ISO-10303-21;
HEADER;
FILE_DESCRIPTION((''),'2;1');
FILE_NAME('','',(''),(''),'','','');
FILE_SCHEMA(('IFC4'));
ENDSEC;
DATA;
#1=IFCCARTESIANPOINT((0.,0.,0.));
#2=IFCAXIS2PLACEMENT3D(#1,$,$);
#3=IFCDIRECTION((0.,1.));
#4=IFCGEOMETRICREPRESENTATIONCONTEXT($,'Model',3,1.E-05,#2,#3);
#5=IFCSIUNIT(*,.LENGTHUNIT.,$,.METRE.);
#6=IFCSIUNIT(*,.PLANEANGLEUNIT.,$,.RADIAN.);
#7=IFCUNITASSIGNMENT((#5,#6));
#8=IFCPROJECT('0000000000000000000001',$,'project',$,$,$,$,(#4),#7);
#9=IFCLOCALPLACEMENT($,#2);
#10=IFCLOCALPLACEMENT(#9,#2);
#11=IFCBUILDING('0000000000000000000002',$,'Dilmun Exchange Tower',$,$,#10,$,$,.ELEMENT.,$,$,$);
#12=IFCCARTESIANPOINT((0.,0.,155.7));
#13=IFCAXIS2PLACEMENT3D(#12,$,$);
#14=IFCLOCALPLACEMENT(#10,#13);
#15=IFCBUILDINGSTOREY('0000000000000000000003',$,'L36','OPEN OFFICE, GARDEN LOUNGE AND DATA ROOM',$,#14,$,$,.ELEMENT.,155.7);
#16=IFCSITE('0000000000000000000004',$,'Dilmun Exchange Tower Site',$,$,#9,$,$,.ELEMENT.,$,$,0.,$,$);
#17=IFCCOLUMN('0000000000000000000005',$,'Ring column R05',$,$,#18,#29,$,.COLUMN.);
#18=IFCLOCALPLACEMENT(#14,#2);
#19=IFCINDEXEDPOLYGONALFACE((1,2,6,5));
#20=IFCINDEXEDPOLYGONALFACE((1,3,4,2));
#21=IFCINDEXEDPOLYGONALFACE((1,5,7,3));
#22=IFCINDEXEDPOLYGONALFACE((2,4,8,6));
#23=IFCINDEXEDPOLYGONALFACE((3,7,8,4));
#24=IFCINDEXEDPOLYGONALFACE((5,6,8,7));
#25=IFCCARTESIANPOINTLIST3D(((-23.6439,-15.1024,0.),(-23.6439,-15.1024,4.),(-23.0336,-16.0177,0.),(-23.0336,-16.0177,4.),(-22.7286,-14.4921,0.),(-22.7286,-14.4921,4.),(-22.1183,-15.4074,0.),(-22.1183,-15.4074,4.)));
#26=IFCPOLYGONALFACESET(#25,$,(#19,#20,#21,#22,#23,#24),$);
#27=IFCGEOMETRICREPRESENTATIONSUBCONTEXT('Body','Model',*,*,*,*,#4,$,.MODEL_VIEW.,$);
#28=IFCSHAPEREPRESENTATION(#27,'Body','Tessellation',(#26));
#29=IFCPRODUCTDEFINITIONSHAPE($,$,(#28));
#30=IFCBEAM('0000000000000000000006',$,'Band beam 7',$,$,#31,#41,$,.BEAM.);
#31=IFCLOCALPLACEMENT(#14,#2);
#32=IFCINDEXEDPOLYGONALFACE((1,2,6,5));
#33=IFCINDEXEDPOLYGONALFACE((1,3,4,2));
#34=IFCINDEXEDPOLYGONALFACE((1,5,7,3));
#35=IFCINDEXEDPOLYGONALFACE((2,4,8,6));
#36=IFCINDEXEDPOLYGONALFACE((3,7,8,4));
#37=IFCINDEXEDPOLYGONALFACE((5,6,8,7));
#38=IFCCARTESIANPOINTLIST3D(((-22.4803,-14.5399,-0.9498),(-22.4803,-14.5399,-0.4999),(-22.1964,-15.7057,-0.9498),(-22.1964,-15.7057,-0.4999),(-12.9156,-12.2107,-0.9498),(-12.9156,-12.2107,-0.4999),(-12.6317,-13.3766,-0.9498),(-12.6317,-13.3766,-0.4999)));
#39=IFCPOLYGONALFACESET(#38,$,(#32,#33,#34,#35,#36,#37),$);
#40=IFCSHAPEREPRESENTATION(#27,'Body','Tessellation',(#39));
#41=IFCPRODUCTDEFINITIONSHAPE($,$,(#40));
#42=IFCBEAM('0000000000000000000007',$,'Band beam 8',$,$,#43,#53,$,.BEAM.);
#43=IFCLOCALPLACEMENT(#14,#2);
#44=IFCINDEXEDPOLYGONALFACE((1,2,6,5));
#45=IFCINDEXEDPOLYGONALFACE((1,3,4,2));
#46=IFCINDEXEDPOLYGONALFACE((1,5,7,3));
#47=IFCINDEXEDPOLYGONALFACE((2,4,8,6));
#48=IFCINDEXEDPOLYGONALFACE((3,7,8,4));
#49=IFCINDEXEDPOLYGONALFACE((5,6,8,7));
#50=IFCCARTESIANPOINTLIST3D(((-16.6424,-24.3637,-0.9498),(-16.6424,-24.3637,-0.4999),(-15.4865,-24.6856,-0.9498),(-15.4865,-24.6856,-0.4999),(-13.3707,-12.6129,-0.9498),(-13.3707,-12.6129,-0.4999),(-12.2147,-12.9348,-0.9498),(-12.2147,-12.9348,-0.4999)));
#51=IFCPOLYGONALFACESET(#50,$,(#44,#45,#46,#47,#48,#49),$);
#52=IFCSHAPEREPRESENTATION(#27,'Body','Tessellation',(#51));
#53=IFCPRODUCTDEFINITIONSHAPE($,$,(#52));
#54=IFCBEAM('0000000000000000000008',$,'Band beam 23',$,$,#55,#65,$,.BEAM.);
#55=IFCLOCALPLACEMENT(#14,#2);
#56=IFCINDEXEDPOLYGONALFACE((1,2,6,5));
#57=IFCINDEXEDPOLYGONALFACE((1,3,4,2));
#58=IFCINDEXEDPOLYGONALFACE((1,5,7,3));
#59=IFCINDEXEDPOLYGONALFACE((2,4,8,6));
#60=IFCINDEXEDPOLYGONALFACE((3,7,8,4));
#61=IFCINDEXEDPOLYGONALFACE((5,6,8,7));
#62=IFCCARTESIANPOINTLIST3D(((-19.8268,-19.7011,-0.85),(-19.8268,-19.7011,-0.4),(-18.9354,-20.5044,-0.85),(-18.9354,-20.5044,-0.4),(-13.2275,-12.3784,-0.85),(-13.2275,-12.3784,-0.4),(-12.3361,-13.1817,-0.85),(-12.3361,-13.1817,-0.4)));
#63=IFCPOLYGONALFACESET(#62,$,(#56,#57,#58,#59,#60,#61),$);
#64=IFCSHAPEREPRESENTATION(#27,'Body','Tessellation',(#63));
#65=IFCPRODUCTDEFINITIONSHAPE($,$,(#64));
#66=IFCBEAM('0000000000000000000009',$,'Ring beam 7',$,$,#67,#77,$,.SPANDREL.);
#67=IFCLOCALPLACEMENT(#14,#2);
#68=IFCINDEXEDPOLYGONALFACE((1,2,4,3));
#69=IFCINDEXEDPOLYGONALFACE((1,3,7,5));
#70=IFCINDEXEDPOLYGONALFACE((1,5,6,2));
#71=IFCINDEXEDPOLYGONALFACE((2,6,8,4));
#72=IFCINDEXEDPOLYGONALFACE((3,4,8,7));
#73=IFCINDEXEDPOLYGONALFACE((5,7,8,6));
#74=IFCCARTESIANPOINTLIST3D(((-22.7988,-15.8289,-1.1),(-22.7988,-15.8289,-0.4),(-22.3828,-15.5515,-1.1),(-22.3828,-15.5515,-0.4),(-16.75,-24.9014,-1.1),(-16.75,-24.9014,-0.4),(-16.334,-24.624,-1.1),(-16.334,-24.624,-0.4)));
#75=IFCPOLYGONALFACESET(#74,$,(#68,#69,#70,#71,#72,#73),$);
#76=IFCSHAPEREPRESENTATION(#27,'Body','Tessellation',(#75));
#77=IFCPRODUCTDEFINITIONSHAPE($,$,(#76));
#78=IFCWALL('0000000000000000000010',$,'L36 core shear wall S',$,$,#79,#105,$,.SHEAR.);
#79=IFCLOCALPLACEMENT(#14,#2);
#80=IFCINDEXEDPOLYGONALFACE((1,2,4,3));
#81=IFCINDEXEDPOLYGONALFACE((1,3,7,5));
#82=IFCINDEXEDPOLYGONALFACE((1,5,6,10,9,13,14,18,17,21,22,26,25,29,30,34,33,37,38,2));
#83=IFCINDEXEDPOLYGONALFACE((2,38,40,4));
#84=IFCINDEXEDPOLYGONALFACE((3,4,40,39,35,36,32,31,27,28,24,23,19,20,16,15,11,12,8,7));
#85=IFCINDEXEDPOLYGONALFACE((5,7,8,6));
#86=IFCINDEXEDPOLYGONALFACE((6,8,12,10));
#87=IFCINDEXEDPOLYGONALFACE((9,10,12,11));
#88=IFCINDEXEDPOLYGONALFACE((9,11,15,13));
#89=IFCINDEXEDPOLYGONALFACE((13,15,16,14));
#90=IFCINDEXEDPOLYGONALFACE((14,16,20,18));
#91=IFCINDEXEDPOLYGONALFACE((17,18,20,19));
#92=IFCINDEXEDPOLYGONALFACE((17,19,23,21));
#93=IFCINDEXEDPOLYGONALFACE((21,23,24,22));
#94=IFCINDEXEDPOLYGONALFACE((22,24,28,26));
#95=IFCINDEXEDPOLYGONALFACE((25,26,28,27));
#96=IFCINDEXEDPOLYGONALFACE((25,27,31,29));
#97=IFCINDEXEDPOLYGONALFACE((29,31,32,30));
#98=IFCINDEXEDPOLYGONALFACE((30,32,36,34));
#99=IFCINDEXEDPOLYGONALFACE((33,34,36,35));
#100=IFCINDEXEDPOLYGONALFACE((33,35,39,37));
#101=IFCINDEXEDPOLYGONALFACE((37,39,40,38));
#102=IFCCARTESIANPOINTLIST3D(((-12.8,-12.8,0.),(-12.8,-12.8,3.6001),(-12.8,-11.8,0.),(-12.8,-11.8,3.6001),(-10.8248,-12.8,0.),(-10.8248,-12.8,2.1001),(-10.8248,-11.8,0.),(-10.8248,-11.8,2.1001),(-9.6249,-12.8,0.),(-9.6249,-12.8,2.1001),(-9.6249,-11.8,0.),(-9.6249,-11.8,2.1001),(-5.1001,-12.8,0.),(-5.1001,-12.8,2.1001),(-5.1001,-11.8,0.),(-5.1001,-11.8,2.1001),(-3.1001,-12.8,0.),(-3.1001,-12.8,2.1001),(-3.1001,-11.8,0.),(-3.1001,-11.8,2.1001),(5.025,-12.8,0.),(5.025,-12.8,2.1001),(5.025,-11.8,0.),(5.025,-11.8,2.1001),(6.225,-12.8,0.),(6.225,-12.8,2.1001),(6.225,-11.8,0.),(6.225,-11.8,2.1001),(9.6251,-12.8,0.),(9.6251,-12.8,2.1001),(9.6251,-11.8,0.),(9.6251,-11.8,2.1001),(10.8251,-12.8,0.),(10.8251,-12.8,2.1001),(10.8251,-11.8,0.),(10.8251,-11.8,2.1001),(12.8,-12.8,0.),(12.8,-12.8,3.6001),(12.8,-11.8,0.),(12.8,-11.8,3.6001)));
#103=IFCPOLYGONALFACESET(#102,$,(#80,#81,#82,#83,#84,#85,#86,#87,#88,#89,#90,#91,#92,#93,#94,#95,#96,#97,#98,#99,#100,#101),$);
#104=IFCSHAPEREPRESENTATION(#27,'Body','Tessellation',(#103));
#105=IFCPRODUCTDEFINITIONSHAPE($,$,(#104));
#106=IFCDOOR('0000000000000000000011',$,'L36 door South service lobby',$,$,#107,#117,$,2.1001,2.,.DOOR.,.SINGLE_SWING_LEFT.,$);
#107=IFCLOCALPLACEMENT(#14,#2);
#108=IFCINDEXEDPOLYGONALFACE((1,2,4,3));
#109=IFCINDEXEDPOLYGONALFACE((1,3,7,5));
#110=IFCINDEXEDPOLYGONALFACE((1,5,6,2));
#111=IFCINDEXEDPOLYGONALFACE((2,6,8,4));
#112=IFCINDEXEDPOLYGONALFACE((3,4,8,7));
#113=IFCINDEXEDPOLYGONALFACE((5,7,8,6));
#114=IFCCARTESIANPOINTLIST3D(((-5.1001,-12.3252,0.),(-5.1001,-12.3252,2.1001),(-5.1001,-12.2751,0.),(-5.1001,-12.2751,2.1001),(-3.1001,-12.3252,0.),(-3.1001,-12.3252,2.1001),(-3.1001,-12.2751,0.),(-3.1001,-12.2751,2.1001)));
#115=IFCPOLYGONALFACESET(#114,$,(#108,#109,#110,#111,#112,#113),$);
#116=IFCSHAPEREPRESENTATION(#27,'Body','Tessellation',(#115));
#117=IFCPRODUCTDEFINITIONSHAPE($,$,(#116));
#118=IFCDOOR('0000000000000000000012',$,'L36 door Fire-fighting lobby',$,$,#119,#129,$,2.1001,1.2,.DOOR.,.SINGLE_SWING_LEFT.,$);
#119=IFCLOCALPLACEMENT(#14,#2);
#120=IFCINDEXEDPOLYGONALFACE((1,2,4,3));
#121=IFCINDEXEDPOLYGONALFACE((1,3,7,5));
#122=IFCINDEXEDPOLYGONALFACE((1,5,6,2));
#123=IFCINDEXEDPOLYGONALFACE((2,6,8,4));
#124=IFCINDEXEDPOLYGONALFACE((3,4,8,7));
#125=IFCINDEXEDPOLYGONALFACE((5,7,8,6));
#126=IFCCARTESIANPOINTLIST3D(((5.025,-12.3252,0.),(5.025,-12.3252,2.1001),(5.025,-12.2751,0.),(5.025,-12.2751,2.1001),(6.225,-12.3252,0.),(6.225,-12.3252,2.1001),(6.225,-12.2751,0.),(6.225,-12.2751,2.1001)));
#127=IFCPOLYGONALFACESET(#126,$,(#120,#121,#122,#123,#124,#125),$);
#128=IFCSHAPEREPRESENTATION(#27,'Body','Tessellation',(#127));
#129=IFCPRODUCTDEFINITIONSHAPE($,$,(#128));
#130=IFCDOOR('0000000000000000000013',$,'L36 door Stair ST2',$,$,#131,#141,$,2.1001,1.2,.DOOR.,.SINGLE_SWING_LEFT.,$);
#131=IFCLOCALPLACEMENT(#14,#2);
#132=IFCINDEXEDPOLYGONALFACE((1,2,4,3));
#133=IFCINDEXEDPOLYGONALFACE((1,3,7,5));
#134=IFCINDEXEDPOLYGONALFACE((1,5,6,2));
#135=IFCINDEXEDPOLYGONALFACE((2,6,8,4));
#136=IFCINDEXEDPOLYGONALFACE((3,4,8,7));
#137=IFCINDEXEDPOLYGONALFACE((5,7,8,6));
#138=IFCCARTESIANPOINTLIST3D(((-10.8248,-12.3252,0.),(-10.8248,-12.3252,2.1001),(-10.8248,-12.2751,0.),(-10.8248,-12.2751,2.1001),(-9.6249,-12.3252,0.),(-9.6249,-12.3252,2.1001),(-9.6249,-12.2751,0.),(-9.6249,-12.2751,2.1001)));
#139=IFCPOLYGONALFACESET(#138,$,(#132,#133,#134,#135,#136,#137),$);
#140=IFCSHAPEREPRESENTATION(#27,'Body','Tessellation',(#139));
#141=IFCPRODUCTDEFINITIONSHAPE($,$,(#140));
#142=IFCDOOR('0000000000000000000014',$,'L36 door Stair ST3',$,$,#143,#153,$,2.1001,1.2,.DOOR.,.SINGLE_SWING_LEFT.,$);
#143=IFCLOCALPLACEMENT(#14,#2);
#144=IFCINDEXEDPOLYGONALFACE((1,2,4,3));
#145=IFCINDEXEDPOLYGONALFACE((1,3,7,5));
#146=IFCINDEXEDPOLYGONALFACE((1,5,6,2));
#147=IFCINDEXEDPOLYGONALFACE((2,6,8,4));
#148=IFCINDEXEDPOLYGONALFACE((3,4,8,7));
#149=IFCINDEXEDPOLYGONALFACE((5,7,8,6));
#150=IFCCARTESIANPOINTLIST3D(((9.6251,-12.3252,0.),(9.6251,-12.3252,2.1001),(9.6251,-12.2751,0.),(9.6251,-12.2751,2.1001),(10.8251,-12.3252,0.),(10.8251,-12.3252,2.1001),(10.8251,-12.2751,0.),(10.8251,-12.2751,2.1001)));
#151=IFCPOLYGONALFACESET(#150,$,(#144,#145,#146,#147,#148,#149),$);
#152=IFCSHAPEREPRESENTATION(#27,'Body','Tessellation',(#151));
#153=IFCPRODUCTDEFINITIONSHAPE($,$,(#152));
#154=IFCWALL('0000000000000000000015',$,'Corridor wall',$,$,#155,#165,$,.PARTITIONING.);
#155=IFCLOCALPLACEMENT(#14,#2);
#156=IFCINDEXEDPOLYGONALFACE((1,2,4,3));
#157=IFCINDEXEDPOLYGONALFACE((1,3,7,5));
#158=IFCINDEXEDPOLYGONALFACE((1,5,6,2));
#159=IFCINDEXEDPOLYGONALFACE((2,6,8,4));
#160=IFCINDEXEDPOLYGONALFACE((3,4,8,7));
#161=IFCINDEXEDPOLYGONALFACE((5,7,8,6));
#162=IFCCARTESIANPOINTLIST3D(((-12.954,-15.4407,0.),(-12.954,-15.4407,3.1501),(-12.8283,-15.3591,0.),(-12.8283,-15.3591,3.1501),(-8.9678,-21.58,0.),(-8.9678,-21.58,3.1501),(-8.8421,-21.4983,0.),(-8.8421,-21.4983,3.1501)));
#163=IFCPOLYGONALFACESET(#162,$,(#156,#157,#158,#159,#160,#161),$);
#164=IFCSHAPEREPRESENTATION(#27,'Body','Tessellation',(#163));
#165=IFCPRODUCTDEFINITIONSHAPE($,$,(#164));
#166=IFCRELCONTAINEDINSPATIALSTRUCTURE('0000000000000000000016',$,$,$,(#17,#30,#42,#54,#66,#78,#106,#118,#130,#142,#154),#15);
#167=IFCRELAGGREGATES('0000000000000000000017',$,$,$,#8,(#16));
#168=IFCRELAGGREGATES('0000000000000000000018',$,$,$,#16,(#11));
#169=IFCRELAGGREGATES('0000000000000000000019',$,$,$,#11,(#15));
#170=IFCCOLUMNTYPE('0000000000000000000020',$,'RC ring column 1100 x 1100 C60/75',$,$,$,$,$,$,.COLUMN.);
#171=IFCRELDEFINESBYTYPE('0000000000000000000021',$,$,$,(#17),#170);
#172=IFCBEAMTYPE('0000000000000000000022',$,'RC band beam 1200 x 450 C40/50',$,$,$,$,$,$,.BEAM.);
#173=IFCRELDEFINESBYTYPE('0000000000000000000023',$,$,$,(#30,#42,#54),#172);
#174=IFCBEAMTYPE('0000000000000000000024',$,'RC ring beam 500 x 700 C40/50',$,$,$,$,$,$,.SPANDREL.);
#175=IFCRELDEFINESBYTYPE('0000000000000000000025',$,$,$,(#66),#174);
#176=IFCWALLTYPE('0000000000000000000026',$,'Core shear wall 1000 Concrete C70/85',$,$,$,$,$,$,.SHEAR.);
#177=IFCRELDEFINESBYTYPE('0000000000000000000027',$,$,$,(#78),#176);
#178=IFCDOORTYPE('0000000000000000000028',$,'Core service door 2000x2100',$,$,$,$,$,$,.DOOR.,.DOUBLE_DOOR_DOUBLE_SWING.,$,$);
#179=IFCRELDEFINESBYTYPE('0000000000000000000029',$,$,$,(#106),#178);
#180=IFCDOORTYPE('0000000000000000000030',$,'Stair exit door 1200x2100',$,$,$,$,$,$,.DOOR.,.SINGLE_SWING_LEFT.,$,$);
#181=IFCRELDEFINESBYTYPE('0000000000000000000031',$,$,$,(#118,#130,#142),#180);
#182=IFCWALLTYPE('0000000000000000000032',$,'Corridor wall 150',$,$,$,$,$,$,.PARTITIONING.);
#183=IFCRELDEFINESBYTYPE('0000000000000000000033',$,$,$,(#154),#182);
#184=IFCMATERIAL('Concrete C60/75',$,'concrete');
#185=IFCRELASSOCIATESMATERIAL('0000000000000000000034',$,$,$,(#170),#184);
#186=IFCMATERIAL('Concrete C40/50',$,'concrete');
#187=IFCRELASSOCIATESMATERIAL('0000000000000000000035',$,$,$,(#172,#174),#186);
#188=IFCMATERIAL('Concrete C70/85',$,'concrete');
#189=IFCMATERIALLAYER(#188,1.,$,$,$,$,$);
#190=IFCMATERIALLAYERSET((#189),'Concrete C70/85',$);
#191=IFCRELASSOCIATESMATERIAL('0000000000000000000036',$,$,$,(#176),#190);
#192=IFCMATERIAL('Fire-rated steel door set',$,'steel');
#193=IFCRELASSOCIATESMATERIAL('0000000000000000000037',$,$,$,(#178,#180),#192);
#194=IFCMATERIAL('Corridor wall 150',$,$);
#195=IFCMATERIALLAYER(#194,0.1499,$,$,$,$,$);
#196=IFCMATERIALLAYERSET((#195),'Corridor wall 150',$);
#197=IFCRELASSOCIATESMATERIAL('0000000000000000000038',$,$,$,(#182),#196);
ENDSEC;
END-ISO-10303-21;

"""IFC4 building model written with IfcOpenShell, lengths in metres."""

from ifc_helpers import new_model, si_unit, direction, frame, frame_2d, origin, origin_2d, place, context, subcontext, project, spatial, rectangle, extrude, material, layer, layer_set, material_profile, profile_set, type_object, element, fill, save


model = new_model("IFC4")

# Units and contexts
model_context = context("Model", 3, precision=1e-05, world=origin(), true_north=direction((0.0, 1.0)))
body_context = subcontext(model_context, "Body", "Model", "MODEL_VIEW")
ifc_project = project(units=[si_unit("LENGTHUNIT", "METRE"), si_unit("PLANEANGLEUNIT", "RADIAN")], contexts=[model_context])

# Site, building, storey
site_placement = place(None, origin())
site = spatial("IfcSite", under=ifc_project, at=site_placement, Name="Dilmun Exchange Tower Site", CompositionType="ELEMENT", RefElevation=0.0)
building_placement = place(site_placement, origin())
building = spatial("IfcBuilding", under=site, at=building_placement, Name="Dilmun Exchange Tower", CompositionType="ELEMENT")
storey_placement = place(building_placement, frame((0.0, 0.0, 155.7)))
storey = spatial("IfcBuildingStorey", under=building, at=storey_placement, Name="L36", Description="OPEN OFFICE, GARDEN LOUNGE AND DATA ROOM", CompositionType="ELEMENT", Elevation=155.7)

# Column
ifc_material_1 = material(Name="Concrete C60/75", Category="concrete")
ifc_material_profile_1 = material_profile(ifc_material_1, rectangle(XDim=1.1001, YDim=1.1001, at=origin_2d()), Name="1100 x 1100")
ifc_profile_set_1 = profile_set([ifc_material_profile_1], Name="Concrete C60/75")
column_type = type_object("IfcColumnType", Name="RC ring column 1100 x 1100 C60/75", PredefinedType="COLUMN", material=ifc_profile_set_1)
column_placement = place(storey_placement, frame((-22.8811, -15.2549, 0.0), z_axis=(0.0, 0.0, 1.0), x_axis=(0.832029, 0.554733, 0.0)))
element("IfcColumn", 1, at=column_placement, inside=storey, type_object=column_type, Name="Ring column R05", PredefinedType="COLUMN", context=body_context, shape_type="SweptSolid", body=[
    extrude(rectangle(XDim=1.1001, YDim=1.1001, at=origin_2d()), origin(), (0.0, 0.0, 1.0), 4.0),
])

# Beams
ifc_material_2 = material(Name="Concrete C40/50", Category="concrete")
ifc_material_profile_2 = material_profile(ifc_material_2, rectangle(XDim=1.2, YDim=0.45, at=origin_2d()), Name="1200 x 450")
ifc_profile_set_2 = profile_set([ifc_material_profile_2], Name="Concrete C40/50")
beam_type_1 = type_object("IfcBeamType", Name="RC band beam 1200 x 450 C40/50", PredefinedType="BEAM", material=ifc_profile_set_2)
beam_1_placement = place(storey_placement, frame((-22.3384, -15.1228, -0.7249), z_axis=(0.971608, 0.236596, 0.0), x_axis=(-0.236596, 0.971608, 0.0)))
element("IfcBeam", 2, at=beam_1_placement, inside=storey, type_object=beam_type_1, Name="Band beam 7", PredefinedType="BEAM", context=body_context, shape_type="SweptSolid", body=[
    extrude(rectangle(XDim=1.2, YDim=0.45, at=origin_2d()), origin(), (0.0, 0.0, 1.0), 9.8442),
])
beam_2_placement = place(storey_placement, frame((-16.0645, -24.5247, -0.7249), z_axis=(0.268225, 0.963356, 0.0), x_axis=(-0.963356, 0.268225, 0.0)))
element("IfcBeam", 3, at=beam_2_placement, inside=storey, type_object=beam_type_1, Name="Band beam 8", PredefinedType="BEAM", context=body_context, shape_type="SweptSolid", body=[
    extrude(rectangle(XDim=1.2, YDim=0.45, at=origin_2d()), origin(), (0.0, 0.0, 1.0), 12.1978),
])
beam_3_placement = place(storey_placement, frame((-19.3811, -20.1028, -0.625), z_axis=(0.669463, 0.742846, 0.0), x_axis=(-0.742846, 0.669463, 0.0)))
element("IfcBeam", 4, at=beam_3_placement, inside=storey, type_object=beam_type_1, Name="Band beam 23", PredefinedType="BEAM", context=body_context, shape_type="SweptSolid", body=[
    extrude(rectangle(XDim=1.2, YDim=0.45, at=origin_2d()), origin(), (0.0, 0.0, 1.0), 9.8577),
])
ifc_material_profile_3 = material_profile(ifc_material_2, rectangle(XDim=0.5, YDim=0.7, at=origin_2d()), Name="500 x 700")
ifc_profile_set_3 = profile_set([ifc_material_profile_3], Name="Concrete C40/50")
beam_type_2 = type_object("IfcBeamType", Name="RC ring beam 500 x 700 C40/50", PredefinedType="SPANDREL", material=ifc_profile_set_3)
beam_4_placement = place(storey_placement, frame((-22.5908, -15.6902, -0.75), z_axis=(0.554731, -0.83203, 0.0), x_axis=(0.83203, 0.554731, 0.0)))
element("IfcBeam", 5, at=beam_4_placement, inside=storey, type_object=beam_type_2, Name="Ring beam 7", PredefinedType="SPANDREL", context=body_context, shape_type="SweptSolid", body=[
    extrude(rectangle(XDim=0.5, YDim=0.7, at=origin_2d()), origin(), (0.0, 0.0, 1.0), 10.9041),
])

# Wall, openings, doors
ifc_material_3 = material(Name="Concrete C70/85", Category="concrete")
ifc_layer_1 = layer(ifc_material_3, 1.0)
ifc_layer_set_1 = layer_set([ifc_layer_1], Name="Concrete C70/85")
wall_type_1 = type_object("IfcWallType", Name="Core shear wall 1000 Concrete C70/85", PredefinedType="SHEAR", material=ifc_layer_set_1)
wall_1_placement = place(storey_placement, frame((-12.8, -12.3, 0.0), z_axis=(0.0, 0.0, 1.0), x_axis=(1.0, 0.0, 0.0)))
wall_1 = element("IfcWall", 6, at=wall_1_placement, inside=storey, type_object=wall_type_1, Name="L36 core shear wall S", PredefinedType="SHEAR", context=body_context, shape_type="SweptSolid", body=[
    extrude(rectangle(XDim=25.6001, YDim=1.0, at=frame_2d((12.8, 0.0))), origin(), (0.0, 0.0, 1.0), 3.6001),
])
opening_1_placement = place(wall_1_placement, frame((7.7, 0.0, 0.0)))
opening_1 = element("IfcOpeningElement", 7, at=opening_1_placement, cuts=wall_1, PredefinedType="OPENING", context=body_context, shape_type="SweptSolid", body=[
    extrude(rectangle(XDim=2.0, YDim=2.1001, at=frame_2d((1.0, 1.05))), frame((0.0, 0.51, 0.0), z_axis=(0.0, -1.0, 0.0), x_axis=(1.0, 0.0, 0.0)), (0.0, 0.0, 1.0), 1.02),
])
opening_2_placement = place(wall_1_placement, frame((17.825, 0.0, 0.0)))
opening_2 = element("IfcOpeningElement", 8, at=opening_2_placement, cuts=wall_1, PredefinedType="OPENING", context=body_context, shape_type="SweptSolid", body=[
    extrude(rectangle(XDim=1.2, YDim=2.1001, at=frame_2d((0.6001, 1.05))), frame((0.0, 0.51, 0.0), z_axis=(0.0, -1.0, 0.0), x_axis=(1.0, 0.0, 0.0)), (0.0, 0.0, 1.0), 1.02),
])
opening_3_placement = place(wall_1_placement, frame((1.9751, 0.0, 0.0)))
opening_3 = element("IfcOpeningElement", 9, at=opening_3_placement, cuts=wall_1, PredefinedType="OPENING", context=body_context, shape_type="SweptSolid", body=[
    extrude(rectangle(XDim=1.2, YDim=2.1001, at=frame_2d((0.6001, 1.05))), frame((0.0, 0.51, 0.0), z_axis=(0.0, -1.0, 0.0), x_axis=(1.0, 0.0, 0.0)), (0.0, 0.0, 1.0), 1.02),
])
opening_4_placement = place(wall_1_placement, frame((22.425, 0.0, 0.0)))
opening_4 = element("IfcOpeningElement", 10, at=opening_4_placement, cuts=wall_1, PredefinedType="OPENING", context=body_context, shape_type="SweptSolid", body=[
    extrude(rectangle(XDim=1.2, YDim=2.1001, at=frame_2d((0.6001, 1.05))), frame((0.0, 0.51, 0.0), z_axis=(0.0, -1.0, 0.0), x_axis=(1.0, 0.0, 0.0)), (0.0, 0.0, 1.0), 1.02),
])
ifc_material_4 = material(Name="Fire-rated steel door set", Category="steel")
door_type_1 = type_object("IfcDoorType", Name="Core service door 2000x2100", OperationType="DOUBLE_DOOR_DOUBLE_SWING", PredefinedType="DOOR", material=ifc_material_4)
door_1_placement = place(opening_1_placement, origin())
door_1 = element("IfcDoor", 11, at=door_1_placement, inside=storey, type_object=door_type_1, Name="L36 door South service lobby", OperationType="SINGLE_SWING_LEFT", OverallHeight=2.1001, OverallWidth=2.0, PredefinedType="DOOR", context=body_context, shape_type="SweptSolid", body=[
    extrude(rectangle(XDim=2.0, YDim=2.1001, at=frame_2d((1.0, 1.05))), frame((0.0, 0.0249, 0.0), z_axis=(0.0, -1.0, 0.0), x_axis=(1.0, 0.0, 0.0)), (0.0, 0.0, 1.0), 0.05),
])
fill(opening_1, door_1)
door_type_2 = type_object("IfcDoorType", Name="Stair exit door 1200x2100", OperationType="SINGLE_SWING_LEFT", PredefinedType="DOOR", material=ifc_material_4)
door_2_placement = place(opening_2_placement, origin())
door_2 = element("IfcDoor", 12, at=door_2_placement, inside=storey, type_object=door_type_2, Name="L36 door Fire-fighting lobby", OperationType="SINGLE_SWING_LEFT", OverallHeight=2.1001, OverallWidth=1.2, PredefinedType="DOOR", context=body_context, shape_type="SweptSolid", body=[
    extrude(rectangle(XDim=1.2, YDim=2.1001, at=frame_2d((0.6001, 1.05))), frame((0.0, 0.0249, 0.0), z_axis=(0.0, -1.0, 0.0), x_axis=(1.0, 0.0, 0.0)), (0.0, 0.0, 1.0), 0.05),
])
fill(opening_2, door_2)
door_3_placement = place(opening_3_placement, origin())
door_3 = element("IfcDoor", 13, at=door_3_placement, inside=storey, type_object=door_type_2, Name="L36 door Stair ST2", OperationType="SINGLE_SWING_LEFT", OverallHeight=2.1001, OverallWidth=1.2, PredefinedType="DOOR", context=body_context, shape_type="SweptSolid", body=[
    extrude(rectangle(XDim=1.2, YDim=2.1001, at=frame_2d((0.6001, 1.05))), frame((0.0, 0.0249, 0.0), z_axis=(0.0, -1.0, 0.0), x_axis=(1.0, 0.0, 0.0)), (0.0, 0.0, 1.0), 0.05),
])
fill(opening_3, door_3)
door_4_placement = place(opening_4_placement, origin())
door_4 = element("IfcDoor", 14, at=door_4_placement, inside=storey, type_object=door_type_2, Name="L36 door Stair ST3", OperationType="SINGLE_SWING_LEFT", OverallHeight=2.1001, OverallWidth=1.2, PredefinedType="DOOR", context=body_context, shape_type="SweptSolid", body=[
    extrude(rectangle(XDim=1.2, YDim=2.1001, at=frame_2d((0.6001, 1.05))), frame((0.0, 0.0249, 0.0), z_axis=(0.0, -1.0, 0.0), x_axis=(1.0, 0.0, 0.0)), (0.0, 0.0, 1.0), 0.05),
])
fill(opening_4, door_4)

# Wall
ifc_material_5 = material(Name="Corridor wall 150")
ifc_layer_2 = layer(ifc_material_5, 0.1499)
ifc_layer_set_2 = layer_set([ifc_layer_2], Name="Corridor wall 150")
wall_type_2 = type_object("IfcWallType", Name="Corridor wall 150", PredefinedType="PARTITIONING", material=ifc_layer_set_2)
wall_2_placement = place(storey_placement, frame((-12.8911, -15.3999, 0.0), z_axis=(0.0, 0.0, 1.0), x_axis=(0.544569, -0.838716, 0.0)))
element("IfcWall", 15, at=wall_2_placement, inside=storey, type_object=wall_type_2, Name="Corridor wall", PredefinedType="PARTITIONING", context=body_context, shape_type="SweptSolid", body=[
    extrude(rectangle(XDim=7.3198, YDim=0.1499, at=frame_2d((3.6599, 0.0))), origin(), (0.0, 0.0, 1.0), 3.1501),
])

save(model, "model.ifc")
